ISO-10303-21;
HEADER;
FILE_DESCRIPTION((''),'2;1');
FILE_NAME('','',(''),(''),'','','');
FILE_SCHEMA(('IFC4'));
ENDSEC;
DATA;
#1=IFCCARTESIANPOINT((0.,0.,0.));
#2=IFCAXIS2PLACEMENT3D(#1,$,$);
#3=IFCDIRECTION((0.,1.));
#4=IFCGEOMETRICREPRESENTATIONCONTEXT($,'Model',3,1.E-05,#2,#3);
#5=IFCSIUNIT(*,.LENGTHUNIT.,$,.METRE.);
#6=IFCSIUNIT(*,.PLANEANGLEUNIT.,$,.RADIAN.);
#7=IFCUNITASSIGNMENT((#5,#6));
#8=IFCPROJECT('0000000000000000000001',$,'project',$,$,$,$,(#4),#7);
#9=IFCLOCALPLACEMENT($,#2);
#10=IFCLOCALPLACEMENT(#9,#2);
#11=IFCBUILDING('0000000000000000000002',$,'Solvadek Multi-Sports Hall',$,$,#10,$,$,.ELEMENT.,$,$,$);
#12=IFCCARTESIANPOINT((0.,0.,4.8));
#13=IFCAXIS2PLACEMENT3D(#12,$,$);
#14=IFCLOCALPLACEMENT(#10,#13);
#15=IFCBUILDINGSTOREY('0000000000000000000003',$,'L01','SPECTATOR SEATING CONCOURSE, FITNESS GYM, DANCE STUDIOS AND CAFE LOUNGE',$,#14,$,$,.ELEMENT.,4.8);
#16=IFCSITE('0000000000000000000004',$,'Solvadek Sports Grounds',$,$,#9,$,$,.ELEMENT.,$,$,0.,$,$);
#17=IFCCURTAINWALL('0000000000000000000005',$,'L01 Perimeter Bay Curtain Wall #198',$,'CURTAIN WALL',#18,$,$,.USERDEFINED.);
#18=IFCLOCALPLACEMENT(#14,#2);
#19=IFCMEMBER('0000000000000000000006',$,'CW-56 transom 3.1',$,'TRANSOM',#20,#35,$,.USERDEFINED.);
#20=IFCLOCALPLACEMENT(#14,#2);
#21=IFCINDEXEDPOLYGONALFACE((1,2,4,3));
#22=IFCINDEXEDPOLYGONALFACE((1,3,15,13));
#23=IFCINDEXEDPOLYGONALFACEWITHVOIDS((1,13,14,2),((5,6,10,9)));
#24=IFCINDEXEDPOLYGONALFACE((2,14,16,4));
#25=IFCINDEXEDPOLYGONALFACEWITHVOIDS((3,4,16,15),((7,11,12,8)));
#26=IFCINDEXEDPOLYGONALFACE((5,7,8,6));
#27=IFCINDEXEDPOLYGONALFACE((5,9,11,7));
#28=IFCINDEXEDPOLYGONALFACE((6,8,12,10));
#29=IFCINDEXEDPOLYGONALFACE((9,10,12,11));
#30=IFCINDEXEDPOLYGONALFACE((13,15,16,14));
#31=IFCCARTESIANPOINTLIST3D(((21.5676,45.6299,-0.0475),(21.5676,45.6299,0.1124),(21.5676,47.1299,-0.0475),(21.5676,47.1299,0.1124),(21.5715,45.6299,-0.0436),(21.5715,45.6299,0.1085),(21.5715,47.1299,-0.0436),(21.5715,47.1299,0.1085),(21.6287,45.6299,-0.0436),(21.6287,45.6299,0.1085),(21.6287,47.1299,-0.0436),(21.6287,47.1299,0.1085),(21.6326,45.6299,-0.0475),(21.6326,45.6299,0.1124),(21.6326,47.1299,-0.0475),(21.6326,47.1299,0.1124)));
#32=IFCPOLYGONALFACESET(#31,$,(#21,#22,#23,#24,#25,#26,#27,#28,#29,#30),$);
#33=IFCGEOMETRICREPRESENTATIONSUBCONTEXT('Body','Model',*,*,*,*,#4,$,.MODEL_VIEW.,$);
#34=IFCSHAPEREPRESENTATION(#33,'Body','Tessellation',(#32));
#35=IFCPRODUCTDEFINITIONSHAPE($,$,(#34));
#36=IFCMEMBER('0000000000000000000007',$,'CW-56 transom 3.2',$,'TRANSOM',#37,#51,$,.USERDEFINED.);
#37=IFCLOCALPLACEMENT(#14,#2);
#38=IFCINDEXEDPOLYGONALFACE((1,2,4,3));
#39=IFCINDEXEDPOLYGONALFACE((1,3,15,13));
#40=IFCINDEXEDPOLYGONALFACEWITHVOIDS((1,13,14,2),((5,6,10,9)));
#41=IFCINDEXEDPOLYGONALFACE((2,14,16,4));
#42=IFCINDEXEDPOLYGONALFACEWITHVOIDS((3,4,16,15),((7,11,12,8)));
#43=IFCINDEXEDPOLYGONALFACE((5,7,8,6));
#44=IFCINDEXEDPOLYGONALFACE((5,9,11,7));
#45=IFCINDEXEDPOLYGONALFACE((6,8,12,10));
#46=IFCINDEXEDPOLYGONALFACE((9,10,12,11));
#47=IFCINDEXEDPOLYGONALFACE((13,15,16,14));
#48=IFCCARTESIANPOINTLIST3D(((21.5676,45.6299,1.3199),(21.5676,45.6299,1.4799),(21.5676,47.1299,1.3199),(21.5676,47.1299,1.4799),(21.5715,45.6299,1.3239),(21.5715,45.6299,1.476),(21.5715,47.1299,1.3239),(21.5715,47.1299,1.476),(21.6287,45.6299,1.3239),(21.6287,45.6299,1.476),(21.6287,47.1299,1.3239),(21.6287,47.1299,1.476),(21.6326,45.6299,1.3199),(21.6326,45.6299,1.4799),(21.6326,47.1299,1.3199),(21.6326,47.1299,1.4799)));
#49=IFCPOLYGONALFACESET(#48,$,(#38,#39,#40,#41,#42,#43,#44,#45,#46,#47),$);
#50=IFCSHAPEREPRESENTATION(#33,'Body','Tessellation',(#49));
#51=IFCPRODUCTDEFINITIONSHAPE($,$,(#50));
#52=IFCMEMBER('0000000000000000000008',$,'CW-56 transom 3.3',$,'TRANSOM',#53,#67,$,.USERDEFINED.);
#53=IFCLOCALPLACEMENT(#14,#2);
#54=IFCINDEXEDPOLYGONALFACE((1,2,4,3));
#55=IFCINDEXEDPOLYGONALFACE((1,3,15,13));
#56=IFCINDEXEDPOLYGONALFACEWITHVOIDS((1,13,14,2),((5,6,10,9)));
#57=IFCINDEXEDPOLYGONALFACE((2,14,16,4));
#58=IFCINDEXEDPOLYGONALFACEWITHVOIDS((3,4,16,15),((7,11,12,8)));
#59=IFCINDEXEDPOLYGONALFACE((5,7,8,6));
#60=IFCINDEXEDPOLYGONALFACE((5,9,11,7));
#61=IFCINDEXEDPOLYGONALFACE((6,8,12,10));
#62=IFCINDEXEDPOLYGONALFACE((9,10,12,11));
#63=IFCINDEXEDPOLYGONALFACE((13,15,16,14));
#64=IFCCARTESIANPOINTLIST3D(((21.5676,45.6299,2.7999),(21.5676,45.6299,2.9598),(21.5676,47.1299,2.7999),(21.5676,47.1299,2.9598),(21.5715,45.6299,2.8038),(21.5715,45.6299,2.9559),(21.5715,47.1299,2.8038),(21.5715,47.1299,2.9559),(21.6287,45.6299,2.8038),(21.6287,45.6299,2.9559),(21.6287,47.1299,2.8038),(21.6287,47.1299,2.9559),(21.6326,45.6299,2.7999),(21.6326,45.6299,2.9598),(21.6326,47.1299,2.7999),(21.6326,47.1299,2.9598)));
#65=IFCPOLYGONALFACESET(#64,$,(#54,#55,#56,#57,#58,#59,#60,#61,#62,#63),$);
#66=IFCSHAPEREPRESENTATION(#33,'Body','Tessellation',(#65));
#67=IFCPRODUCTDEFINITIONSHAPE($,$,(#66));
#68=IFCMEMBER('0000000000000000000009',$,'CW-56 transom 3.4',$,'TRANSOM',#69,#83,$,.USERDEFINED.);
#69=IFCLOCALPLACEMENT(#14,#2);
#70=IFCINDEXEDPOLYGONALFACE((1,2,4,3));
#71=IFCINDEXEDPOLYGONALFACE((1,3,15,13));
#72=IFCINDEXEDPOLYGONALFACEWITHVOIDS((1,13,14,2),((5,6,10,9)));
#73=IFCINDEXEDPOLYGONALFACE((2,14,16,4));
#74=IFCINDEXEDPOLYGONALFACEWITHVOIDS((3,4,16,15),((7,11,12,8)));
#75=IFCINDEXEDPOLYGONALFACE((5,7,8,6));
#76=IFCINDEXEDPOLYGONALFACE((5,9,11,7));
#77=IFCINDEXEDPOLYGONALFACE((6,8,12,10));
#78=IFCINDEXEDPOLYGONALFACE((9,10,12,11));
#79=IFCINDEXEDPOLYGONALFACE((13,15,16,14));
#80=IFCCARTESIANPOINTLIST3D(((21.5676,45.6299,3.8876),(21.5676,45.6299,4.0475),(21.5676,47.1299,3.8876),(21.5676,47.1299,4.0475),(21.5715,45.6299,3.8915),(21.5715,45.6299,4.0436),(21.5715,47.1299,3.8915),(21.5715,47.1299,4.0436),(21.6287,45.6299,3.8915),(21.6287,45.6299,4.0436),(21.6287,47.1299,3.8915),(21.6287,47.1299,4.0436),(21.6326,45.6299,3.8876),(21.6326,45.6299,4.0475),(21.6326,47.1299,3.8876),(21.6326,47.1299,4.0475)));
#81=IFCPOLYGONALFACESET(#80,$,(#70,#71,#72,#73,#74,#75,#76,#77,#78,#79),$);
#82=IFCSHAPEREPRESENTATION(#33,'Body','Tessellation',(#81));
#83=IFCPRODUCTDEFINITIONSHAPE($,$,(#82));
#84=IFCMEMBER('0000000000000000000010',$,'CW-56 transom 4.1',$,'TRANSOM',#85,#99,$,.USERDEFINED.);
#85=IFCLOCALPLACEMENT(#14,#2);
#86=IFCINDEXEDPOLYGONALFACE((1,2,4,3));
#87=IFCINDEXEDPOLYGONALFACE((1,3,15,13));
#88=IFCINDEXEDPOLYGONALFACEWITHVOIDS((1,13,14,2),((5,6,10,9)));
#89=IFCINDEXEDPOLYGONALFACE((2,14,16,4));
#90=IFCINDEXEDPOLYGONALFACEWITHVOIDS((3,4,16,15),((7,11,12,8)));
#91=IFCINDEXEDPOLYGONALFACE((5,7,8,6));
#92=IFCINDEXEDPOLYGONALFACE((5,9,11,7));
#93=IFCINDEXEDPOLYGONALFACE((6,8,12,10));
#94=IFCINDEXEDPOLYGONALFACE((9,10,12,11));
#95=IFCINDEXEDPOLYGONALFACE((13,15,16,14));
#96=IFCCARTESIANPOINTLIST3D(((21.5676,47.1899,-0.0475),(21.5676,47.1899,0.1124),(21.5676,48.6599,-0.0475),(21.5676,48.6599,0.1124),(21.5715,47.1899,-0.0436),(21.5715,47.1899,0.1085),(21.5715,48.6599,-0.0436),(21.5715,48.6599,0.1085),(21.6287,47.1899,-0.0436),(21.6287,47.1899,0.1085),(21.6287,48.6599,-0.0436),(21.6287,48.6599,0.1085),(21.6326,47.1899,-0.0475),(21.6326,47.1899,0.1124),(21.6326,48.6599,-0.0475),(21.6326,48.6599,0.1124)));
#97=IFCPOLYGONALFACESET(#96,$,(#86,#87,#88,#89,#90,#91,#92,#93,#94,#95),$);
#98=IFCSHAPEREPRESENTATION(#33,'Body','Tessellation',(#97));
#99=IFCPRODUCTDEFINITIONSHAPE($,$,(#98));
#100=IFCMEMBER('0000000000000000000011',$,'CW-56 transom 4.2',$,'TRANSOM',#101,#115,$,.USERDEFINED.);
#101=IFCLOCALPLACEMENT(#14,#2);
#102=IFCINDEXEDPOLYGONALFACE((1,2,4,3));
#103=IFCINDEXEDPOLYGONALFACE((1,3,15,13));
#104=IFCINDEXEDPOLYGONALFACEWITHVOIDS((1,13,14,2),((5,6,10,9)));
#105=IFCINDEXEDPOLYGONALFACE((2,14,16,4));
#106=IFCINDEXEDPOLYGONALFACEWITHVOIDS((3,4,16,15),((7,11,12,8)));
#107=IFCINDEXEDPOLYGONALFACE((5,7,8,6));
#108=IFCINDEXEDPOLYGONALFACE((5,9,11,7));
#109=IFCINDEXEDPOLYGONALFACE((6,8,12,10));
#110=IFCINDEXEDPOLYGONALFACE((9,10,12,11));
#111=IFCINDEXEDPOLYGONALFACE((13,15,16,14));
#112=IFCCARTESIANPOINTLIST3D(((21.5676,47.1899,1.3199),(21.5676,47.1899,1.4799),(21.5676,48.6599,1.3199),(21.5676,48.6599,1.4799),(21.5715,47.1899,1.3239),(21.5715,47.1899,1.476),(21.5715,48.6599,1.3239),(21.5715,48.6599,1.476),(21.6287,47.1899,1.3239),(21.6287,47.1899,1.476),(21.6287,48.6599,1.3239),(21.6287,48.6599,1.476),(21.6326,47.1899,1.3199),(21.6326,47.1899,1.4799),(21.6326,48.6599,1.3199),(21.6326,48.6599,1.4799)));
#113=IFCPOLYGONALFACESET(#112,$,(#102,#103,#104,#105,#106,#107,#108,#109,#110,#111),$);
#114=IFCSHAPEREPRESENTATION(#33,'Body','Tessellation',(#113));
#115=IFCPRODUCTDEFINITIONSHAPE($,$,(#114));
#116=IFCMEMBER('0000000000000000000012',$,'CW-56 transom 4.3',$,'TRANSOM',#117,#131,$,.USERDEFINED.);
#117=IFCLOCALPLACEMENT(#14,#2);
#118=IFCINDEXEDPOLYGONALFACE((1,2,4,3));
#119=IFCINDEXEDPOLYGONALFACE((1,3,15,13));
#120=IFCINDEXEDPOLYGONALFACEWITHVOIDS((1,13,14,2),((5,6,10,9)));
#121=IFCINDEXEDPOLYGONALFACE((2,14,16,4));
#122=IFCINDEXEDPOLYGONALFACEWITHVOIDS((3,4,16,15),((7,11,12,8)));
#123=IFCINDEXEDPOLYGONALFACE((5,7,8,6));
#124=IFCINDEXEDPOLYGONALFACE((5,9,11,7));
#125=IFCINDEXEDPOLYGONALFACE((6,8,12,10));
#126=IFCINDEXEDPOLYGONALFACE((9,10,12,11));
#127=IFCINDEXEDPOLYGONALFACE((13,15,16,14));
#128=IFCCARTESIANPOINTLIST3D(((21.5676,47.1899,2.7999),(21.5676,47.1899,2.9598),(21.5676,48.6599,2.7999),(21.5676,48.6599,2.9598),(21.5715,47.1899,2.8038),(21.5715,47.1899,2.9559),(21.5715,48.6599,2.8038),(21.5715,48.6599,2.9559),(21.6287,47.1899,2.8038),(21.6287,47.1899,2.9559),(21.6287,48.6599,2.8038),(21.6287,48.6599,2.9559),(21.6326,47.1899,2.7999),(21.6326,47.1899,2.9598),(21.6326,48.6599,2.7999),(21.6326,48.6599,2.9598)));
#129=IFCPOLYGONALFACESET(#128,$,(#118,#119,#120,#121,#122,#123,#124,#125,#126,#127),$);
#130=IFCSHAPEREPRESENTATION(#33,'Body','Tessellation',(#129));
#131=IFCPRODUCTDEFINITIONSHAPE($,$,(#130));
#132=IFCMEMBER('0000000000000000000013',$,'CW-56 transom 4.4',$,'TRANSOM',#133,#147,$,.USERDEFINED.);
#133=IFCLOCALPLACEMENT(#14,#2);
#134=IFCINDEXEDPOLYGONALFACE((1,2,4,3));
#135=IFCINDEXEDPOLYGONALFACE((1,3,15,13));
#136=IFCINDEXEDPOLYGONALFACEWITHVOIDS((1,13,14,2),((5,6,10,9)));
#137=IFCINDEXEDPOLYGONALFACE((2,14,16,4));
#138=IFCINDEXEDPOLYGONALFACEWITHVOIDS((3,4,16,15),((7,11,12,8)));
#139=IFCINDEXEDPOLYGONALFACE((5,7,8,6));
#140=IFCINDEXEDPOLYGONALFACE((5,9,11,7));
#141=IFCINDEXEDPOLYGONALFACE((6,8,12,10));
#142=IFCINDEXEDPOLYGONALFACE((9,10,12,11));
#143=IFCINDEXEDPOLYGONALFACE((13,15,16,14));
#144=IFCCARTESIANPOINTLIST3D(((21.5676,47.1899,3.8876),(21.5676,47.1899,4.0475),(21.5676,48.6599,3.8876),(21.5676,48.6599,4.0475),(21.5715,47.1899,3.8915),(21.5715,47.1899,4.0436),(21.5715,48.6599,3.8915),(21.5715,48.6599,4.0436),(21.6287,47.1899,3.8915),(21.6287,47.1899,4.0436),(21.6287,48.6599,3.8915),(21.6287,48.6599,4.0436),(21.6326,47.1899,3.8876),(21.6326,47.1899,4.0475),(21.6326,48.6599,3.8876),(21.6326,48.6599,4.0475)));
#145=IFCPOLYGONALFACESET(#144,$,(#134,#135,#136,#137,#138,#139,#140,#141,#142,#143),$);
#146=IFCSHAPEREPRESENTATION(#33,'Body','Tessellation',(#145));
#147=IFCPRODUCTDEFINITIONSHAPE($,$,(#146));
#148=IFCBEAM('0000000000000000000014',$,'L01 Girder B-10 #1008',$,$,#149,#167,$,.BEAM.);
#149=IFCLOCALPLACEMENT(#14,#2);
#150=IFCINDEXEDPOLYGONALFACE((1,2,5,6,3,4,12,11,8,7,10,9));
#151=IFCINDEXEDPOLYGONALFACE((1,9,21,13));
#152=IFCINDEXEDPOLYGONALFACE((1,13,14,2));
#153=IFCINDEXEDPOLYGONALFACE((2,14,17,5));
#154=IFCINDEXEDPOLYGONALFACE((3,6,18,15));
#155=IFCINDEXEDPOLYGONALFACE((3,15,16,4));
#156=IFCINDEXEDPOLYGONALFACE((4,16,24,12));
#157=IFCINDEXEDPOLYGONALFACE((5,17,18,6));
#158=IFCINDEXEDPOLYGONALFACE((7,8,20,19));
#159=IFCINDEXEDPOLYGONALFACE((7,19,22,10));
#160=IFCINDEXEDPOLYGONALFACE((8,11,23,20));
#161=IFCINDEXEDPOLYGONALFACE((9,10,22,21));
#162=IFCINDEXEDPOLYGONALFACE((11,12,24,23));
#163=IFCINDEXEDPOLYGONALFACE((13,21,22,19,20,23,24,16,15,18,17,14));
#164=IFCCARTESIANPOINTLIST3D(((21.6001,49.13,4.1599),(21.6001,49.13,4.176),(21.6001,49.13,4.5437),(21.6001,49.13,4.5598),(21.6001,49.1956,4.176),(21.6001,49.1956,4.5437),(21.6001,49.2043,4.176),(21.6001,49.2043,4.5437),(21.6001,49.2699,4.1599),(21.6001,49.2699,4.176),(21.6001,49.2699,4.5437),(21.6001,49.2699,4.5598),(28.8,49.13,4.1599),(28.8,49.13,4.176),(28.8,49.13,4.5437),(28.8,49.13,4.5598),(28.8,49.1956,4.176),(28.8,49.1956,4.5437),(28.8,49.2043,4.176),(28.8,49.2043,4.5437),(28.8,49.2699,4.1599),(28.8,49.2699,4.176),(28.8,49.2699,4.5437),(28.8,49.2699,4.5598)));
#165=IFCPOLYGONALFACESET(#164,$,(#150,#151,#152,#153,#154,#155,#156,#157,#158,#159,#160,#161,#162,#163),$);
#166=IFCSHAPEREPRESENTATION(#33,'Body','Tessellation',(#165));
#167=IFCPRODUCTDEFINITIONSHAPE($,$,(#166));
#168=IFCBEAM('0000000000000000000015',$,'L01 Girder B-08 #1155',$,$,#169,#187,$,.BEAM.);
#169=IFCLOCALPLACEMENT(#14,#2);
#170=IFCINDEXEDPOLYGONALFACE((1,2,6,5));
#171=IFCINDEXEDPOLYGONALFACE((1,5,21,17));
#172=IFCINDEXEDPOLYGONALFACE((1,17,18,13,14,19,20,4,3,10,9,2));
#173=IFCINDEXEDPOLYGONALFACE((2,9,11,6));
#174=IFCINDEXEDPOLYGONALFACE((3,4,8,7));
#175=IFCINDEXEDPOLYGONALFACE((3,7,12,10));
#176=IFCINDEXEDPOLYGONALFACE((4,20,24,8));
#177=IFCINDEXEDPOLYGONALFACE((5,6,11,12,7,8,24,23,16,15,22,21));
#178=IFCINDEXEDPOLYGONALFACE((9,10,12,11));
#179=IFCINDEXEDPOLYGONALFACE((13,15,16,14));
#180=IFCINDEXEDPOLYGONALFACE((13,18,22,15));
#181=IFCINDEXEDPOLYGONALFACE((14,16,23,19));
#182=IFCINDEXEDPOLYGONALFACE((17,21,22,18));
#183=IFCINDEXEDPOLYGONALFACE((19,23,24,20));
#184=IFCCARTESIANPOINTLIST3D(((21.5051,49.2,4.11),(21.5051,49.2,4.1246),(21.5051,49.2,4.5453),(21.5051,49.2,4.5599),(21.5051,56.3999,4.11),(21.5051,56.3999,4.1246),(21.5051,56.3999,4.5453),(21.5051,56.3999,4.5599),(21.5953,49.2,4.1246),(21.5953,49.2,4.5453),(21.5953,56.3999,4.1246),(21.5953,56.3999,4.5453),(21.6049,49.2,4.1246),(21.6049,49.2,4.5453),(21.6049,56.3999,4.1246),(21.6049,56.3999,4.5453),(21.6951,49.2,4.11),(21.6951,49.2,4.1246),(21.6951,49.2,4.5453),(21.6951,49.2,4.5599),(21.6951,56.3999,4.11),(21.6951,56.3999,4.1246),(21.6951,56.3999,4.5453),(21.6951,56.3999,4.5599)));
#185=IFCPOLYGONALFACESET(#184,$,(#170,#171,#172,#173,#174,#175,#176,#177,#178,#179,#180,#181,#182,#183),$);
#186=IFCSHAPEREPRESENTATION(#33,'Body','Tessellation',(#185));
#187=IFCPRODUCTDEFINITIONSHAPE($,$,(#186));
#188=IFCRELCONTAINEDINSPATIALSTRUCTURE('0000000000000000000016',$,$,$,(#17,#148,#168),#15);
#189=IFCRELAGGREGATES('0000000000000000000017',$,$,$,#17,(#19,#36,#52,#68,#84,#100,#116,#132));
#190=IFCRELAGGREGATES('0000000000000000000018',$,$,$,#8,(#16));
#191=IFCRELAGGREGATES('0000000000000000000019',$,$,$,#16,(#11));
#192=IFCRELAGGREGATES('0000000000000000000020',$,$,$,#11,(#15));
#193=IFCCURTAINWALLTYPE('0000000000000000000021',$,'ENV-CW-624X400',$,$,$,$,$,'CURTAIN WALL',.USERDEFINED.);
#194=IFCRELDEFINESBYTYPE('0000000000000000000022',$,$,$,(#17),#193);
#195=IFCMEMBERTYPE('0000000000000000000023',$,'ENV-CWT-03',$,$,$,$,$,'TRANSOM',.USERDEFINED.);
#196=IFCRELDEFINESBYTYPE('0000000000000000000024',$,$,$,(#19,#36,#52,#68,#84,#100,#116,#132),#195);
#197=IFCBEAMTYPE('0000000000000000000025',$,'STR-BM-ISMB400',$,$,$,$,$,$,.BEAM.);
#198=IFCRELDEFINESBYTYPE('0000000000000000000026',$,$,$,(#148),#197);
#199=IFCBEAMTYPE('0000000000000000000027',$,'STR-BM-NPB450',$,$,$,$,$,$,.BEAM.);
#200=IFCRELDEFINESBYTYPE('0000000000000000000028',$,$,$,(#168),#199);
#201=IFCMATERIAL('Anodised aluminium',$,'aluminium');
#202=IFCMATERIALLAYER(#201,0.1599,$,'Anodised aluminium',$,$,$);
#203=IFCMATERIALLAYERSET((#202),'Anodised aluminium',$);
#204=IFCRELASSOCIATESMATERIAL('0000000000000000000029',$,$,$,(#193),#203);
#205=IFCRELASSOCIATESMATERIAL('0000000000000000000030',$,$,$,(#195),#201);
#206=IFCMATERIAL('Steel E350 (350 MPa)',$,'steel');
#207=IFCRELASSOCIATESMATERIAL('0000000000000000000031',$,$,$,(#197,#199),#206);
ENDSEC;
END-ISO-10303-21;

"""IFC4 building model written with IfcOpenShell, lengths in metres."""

from ifc_helpers import new_model, si_unit, direction, frame, origin, origin_2d, place, context, subcontext, project, spatial, hollow_rectangle, i_section, extrude, material, layer, layer_set, material_profile, profile_set, type_object, element, aggregate, save


model = new_model("IFC4")

# Units and contexts
model_context = context("Model", 3, precision=1e-05, world=origin(), true_north=direction((0.0, 1.0)))
body_context = subcontext(model_context, "Body", "Model", "MODEL_VIEW")
ifc_project = project(units=[si_unit("LENGTHUNIT", "METRE"), si_unit("PLANEANGLEUNIT", "RADIAN")], contexts=[model_context])

# Site, building, storey
site_placement = place(None, origin())
site = spatial("IfcSite", under=ifc_project, at=site_placement, Name="Solvadek Sports Grounds", CompositionType="ELEMENT", RefElevation=0.0)
building_placement = place(site_placement, origin())
building = spatial("IfcBuilding", under=site, at=building_placement, Name="Solvadek Multi-Sports Hall", CompositionType="ELEMENT")
storey_placement = place(building_placement, frame((0.0, 0.0, 4.8)))
storey = spatial("IfcBuildingStorey", under=building, at=storey_placement, Name="L01", Description="SPECTATOR SEATING CONCOURSE, FITNESS GYM, DANCE STUDIOS AND CAFE LOUNGE", CompositionType="ELEMENT", Elevation=4.8)

# Shared definitions
ifc_material_1 = material(Name="Steel E350 (350 MPa)", Category="steel")

# Curtain wall
ifc_material_2 = material(Name="Anodised aluminium", Category="aluminium")
ifc_layer_1 = layer(ifc_material_2, 0.1599, Name="Anodised aluminium")
ifc_layer_set_1 = layer_set([ifc_layer_1], Name="Anodised aluminium")
curtain_wall_type_1 = type_object("IfcCurtainWallType", Name="ENV-CW-624X400", ElementType="CURTAIN WALL", PredefinedType="USERDEFINED", material=ifc_layer_set_1)
curtain_wall_1_placement = place(storey_placement, origin())
curtain_wall_1 = element("IfcCurtainWall", 1, at=curtain_wall_1_placement, inside=storey, type_object=curtain_wall_type_1, Name="L01 Perimeter Bay Curtain Wall #198", ObjectType="CURTAIN WALL", PredefinedType="USERDEFINED")
ifc_material_profile_1 = material_profile(ifc_material_2, hollow_rectangle(XDim=0.0649, YDim=0.1599, WallThickness=0.0039, at=origin_2d()), Name="ALU-T 160x65x4")
ifc_profile_set_1 = profile_set([ifc_material_profile_1], Name="Anodised aluminium")
member_type_1 = type_object("IfcMemberType", Name="ENV-CWT-03", ElementType="TRANSOM", PredefinedType="USERDEFINED", material=ifc_profile_set_1)

# Members
member_1_placement = place(storey_placement, frame((21.6001, 45.6299, 0.0325), z_axis=(0.0, 1.0, 0.0), x_axis=(-1.0, 0.0, 0.0)))
member_1 = element("IfcMember", 2, at=member_1_placement, type_object=member_type_1, Name="CW-56 transom 3.1", ObjectType="TRANSOM", PredefinedType="USERDEFINED", context=body_context, shape_type="SweptSolid", body=[
    extrude(hollow_rectangle(XDim=0.0649, YDim=0.1599, WallThickness=0.0039, at=origin_2d()), origin(), (0.0, 0.0, 1.0), 1.5),
])
member_2_placement = place(storey_placement, frame((21.6001, 45.6299, 1.3999), z_axis=(0.0, 1.0, 0.0), x_axis=(-1.0, 0.0, 0.0)))
member_2 = element("IfcMember", 3, at=member_2_placement, type_object=member_type_1, Name="CW-56 transom 3.2", ObjectType="TRANSOM", PredefinedType="USERDEFINED", context=body_context, shape_type="SweptSolid", body=[
    extrude(hollow_rectangle(XDim=0.0649, YDim=0.1599, WallThickness=0.0039, at=origin_2d()), origin(), (0.0, 0.0, 1.0), 1.5),
])
member_3_placement = place(storey_placement, frame((21.6001, 45.6299, 2.8799), z_axis=(0.0, 1.0, 0.0), x_axis=(-1.0, 0.0, 0.0)))
member_3 = element("IfcMember", 4, at=member_3_placement, type_object=member_type_1, Name="CW-56 transom 3.3", ObjectType="TRANSOM", PredefinedType="USERDEFINED", context=body_context, shape_type="SweptSolid", body=[
    extrude(hollow_rectangle(XDim=0.0649, YDim=0.1599, WallThickness=0.0039, at=origin_2d()), origin(), (0.0, 0.0, 1.0), 1.5),
])
member_4_placement = place(storey_placement, frame((21.6001, 45.6299, 3.9675), z_axis=(0.0, 1.0, 0.0), x_axis=(-1.0, 0.0, 0.0)))
member_4 = element("IfcMember", 5, at=member_4_placement, type_object=member_type_1, Name="CW-56 transom 3.4", ObjectType="TRANSOM", PredefinedType="USERDEFINED", context=body_context, shape_type="SweptSolid", body=[
    extrude(hollow_rectangle(XDim=0.0649, YDim=0.1599, WallThickness=0.0039, at=origin_2d()), origin(), (0.0, 0.0, 1.0), 1.5),
])
member_5_placement = place(storey_placement, frame((21.6001, 47.1899, 0.0325), z_axis=(0.0, 1.0, 0.0), x_axis=(-1.0, 0.0, 0.0)))
member_5 = element("IfcMember", 6, at=member_5_placement, type_object=member_type_1, Name="CW-56 transom 4.1", ObjectType="TRANSOM", PredefinedType="USERDEFINED", context=body_context, shape_type="SweptSolid", body=[
    extrude(hollow_rectangle(XDim=0.0649, YDim=0.1599, WallThickness=0.0039, at=origin_2d()), origin(), (0.0, 0.0, 1.0), 1.47),
])
member_6_placement = place(storey_placement, frame((21.6001, 47.1899, 1.3999), z_axis=(0.0, 1.0, 0.0), x_axis=(-1.0, 0.0, 0.0)))
member_6 = element("IfcMember", 7, at=member_6_placement, type_object=member_type_1, Name="CW-56 transom 4.2", ObjectType="TRANSOM", PredefinedType="USERDEFINED", context=body_context, shape_type="SweptSolid", body=[
    extrude(hollow_rectangle(XDim=0.0649, YDim=0.1599, WallThickness=0.0039, at=origin_2d()), origin(), (0.0, 0.0, 1.0), 1.47),
])
member_7_placement = place(storey_placement, frame((21.6001, 47.1899, 2.8799), z_axis=(0.0, 1.0, 0.0), x_axis=(-1.0, 0.0, 0.0)))
member_7 = element("IfcMember", 8, at=member_7_placement, type_object=member_type_1, Name="CW-56 transom 4.3", ObjectType="TRANSOM", PredefinedType="USERDEFINED", context=body_context, shape_type="SweptSolid", body=[
    extrude(hollow_rectangle(XDim=0.0649, YDim=0.1599, WallThickness=0.0039, at=origin_2d()), origin(), (0.0, 0.0, 1.0), 1.47),
])
member_8_placement = place(storey_placement, frame((21.6001, 47.1899, 3.9675), z_axis=(0.0, 1.0, 0.0), x_axis=(-1.0, 0.0, 0.0)))
member_8 = element("IfcMember", 9, at=member_8_placement, type_object=member_type_1, Name="CW-56 transom 4.4", ObjectType="TRANSOM", PredefinedType="USERDEFINED", context=body_context, shape_type="SweptSolid", body=[
    extrude(hollow_rectangle(XDim=0.0649, YDim=0.1599, WallThickness=0.0039, at=origin_2d()), origin(), (0.0, 0.0, 1.0), 1.47),
])

# Beams
ifc_material_profile_2 = material_profile(ifc_material_1, i_section(OverallWidth=0.1399, OverallDepth=0.3999, WebThickness=0.0088, FlangeThickness=0.0161, at=origin_2d()), Name="ISMB 400")
ifc_profile_set_2 = profile_set([ifc_material_profile_2], Name="Steel E350 (350 MPa)")
beam_type_1 = type_object("IfcBeamType", Name="STR-BM-ISMB400", PredefinedType="BEAM", material=ifc_profile_set_2)
beam_1_placement = place(storey_placement, frame((21.6001, 49.2, 4.3599), z_axis=(1.0, 0.0, 0.0), x_axis=(0.0, 1.0, 0.0)))
element("IfcBeam", 10, at=beam_1_placement, inside=storey, type_object=beam_type_1, Name="L01 Girder B-10 #1008", PredefinedType="BEAM", context=body_context, shape_type="SweptSolid", body=[
    extrude(i_section(OverallWidth=0.1399, OverallDepth=0.3999, WebThickness=0.0088, FlangeThickness=0.0161, at=origin_2d()), origin(), (0.0, 0.0, 1.0), 7.2),
])
ifc_material_profile_3 = material_profile(ifc_material_1, i_section(OverallWidth=0.1899, OverallDepth=0.45, WebThickness=0.0095, FlangeThickness=0.0146, at=origin_2d()), Name="NPB 450")
ifc_profile_set_3 = profile_set([ifc_material_profile_3], Name="Steel E350 (350 MPa)")
beam_type_2 = type_object("IfcBeamType", Name="STR-BM-NPB450", PredefinedType="BEAM", material=ifc_profile_set_3)
beam_2_placement = place(storey_placement, frame((21.6001, 49.2, 4.335), z_axis=(0.0, 1.0, 0.0), x_axis=(-1.0, 0.0, 0.0)))
element("IfcBeam", 11, at=beam_2_placement, inside=storey, type_object=beam_type_2, Name="L01 Girder B-08 #1155", PredefinedType="BEAM", context=body_context, shape_type="SweptSolid", body=[
    extrude(i_section(OverallWidth=0.1899, OverallDepth=0.45, WebThickness=0.0095, FlangeThickness=0.0146, at=origin_2d()), origin(), (0.0, 0.0, 1.0), 7.2),
])

aggregate(curtain_wall_1, [member_1, member_2, member_3, member_4, member_5, member_6, member_7, member_8])

save(model, "model.ifc")
